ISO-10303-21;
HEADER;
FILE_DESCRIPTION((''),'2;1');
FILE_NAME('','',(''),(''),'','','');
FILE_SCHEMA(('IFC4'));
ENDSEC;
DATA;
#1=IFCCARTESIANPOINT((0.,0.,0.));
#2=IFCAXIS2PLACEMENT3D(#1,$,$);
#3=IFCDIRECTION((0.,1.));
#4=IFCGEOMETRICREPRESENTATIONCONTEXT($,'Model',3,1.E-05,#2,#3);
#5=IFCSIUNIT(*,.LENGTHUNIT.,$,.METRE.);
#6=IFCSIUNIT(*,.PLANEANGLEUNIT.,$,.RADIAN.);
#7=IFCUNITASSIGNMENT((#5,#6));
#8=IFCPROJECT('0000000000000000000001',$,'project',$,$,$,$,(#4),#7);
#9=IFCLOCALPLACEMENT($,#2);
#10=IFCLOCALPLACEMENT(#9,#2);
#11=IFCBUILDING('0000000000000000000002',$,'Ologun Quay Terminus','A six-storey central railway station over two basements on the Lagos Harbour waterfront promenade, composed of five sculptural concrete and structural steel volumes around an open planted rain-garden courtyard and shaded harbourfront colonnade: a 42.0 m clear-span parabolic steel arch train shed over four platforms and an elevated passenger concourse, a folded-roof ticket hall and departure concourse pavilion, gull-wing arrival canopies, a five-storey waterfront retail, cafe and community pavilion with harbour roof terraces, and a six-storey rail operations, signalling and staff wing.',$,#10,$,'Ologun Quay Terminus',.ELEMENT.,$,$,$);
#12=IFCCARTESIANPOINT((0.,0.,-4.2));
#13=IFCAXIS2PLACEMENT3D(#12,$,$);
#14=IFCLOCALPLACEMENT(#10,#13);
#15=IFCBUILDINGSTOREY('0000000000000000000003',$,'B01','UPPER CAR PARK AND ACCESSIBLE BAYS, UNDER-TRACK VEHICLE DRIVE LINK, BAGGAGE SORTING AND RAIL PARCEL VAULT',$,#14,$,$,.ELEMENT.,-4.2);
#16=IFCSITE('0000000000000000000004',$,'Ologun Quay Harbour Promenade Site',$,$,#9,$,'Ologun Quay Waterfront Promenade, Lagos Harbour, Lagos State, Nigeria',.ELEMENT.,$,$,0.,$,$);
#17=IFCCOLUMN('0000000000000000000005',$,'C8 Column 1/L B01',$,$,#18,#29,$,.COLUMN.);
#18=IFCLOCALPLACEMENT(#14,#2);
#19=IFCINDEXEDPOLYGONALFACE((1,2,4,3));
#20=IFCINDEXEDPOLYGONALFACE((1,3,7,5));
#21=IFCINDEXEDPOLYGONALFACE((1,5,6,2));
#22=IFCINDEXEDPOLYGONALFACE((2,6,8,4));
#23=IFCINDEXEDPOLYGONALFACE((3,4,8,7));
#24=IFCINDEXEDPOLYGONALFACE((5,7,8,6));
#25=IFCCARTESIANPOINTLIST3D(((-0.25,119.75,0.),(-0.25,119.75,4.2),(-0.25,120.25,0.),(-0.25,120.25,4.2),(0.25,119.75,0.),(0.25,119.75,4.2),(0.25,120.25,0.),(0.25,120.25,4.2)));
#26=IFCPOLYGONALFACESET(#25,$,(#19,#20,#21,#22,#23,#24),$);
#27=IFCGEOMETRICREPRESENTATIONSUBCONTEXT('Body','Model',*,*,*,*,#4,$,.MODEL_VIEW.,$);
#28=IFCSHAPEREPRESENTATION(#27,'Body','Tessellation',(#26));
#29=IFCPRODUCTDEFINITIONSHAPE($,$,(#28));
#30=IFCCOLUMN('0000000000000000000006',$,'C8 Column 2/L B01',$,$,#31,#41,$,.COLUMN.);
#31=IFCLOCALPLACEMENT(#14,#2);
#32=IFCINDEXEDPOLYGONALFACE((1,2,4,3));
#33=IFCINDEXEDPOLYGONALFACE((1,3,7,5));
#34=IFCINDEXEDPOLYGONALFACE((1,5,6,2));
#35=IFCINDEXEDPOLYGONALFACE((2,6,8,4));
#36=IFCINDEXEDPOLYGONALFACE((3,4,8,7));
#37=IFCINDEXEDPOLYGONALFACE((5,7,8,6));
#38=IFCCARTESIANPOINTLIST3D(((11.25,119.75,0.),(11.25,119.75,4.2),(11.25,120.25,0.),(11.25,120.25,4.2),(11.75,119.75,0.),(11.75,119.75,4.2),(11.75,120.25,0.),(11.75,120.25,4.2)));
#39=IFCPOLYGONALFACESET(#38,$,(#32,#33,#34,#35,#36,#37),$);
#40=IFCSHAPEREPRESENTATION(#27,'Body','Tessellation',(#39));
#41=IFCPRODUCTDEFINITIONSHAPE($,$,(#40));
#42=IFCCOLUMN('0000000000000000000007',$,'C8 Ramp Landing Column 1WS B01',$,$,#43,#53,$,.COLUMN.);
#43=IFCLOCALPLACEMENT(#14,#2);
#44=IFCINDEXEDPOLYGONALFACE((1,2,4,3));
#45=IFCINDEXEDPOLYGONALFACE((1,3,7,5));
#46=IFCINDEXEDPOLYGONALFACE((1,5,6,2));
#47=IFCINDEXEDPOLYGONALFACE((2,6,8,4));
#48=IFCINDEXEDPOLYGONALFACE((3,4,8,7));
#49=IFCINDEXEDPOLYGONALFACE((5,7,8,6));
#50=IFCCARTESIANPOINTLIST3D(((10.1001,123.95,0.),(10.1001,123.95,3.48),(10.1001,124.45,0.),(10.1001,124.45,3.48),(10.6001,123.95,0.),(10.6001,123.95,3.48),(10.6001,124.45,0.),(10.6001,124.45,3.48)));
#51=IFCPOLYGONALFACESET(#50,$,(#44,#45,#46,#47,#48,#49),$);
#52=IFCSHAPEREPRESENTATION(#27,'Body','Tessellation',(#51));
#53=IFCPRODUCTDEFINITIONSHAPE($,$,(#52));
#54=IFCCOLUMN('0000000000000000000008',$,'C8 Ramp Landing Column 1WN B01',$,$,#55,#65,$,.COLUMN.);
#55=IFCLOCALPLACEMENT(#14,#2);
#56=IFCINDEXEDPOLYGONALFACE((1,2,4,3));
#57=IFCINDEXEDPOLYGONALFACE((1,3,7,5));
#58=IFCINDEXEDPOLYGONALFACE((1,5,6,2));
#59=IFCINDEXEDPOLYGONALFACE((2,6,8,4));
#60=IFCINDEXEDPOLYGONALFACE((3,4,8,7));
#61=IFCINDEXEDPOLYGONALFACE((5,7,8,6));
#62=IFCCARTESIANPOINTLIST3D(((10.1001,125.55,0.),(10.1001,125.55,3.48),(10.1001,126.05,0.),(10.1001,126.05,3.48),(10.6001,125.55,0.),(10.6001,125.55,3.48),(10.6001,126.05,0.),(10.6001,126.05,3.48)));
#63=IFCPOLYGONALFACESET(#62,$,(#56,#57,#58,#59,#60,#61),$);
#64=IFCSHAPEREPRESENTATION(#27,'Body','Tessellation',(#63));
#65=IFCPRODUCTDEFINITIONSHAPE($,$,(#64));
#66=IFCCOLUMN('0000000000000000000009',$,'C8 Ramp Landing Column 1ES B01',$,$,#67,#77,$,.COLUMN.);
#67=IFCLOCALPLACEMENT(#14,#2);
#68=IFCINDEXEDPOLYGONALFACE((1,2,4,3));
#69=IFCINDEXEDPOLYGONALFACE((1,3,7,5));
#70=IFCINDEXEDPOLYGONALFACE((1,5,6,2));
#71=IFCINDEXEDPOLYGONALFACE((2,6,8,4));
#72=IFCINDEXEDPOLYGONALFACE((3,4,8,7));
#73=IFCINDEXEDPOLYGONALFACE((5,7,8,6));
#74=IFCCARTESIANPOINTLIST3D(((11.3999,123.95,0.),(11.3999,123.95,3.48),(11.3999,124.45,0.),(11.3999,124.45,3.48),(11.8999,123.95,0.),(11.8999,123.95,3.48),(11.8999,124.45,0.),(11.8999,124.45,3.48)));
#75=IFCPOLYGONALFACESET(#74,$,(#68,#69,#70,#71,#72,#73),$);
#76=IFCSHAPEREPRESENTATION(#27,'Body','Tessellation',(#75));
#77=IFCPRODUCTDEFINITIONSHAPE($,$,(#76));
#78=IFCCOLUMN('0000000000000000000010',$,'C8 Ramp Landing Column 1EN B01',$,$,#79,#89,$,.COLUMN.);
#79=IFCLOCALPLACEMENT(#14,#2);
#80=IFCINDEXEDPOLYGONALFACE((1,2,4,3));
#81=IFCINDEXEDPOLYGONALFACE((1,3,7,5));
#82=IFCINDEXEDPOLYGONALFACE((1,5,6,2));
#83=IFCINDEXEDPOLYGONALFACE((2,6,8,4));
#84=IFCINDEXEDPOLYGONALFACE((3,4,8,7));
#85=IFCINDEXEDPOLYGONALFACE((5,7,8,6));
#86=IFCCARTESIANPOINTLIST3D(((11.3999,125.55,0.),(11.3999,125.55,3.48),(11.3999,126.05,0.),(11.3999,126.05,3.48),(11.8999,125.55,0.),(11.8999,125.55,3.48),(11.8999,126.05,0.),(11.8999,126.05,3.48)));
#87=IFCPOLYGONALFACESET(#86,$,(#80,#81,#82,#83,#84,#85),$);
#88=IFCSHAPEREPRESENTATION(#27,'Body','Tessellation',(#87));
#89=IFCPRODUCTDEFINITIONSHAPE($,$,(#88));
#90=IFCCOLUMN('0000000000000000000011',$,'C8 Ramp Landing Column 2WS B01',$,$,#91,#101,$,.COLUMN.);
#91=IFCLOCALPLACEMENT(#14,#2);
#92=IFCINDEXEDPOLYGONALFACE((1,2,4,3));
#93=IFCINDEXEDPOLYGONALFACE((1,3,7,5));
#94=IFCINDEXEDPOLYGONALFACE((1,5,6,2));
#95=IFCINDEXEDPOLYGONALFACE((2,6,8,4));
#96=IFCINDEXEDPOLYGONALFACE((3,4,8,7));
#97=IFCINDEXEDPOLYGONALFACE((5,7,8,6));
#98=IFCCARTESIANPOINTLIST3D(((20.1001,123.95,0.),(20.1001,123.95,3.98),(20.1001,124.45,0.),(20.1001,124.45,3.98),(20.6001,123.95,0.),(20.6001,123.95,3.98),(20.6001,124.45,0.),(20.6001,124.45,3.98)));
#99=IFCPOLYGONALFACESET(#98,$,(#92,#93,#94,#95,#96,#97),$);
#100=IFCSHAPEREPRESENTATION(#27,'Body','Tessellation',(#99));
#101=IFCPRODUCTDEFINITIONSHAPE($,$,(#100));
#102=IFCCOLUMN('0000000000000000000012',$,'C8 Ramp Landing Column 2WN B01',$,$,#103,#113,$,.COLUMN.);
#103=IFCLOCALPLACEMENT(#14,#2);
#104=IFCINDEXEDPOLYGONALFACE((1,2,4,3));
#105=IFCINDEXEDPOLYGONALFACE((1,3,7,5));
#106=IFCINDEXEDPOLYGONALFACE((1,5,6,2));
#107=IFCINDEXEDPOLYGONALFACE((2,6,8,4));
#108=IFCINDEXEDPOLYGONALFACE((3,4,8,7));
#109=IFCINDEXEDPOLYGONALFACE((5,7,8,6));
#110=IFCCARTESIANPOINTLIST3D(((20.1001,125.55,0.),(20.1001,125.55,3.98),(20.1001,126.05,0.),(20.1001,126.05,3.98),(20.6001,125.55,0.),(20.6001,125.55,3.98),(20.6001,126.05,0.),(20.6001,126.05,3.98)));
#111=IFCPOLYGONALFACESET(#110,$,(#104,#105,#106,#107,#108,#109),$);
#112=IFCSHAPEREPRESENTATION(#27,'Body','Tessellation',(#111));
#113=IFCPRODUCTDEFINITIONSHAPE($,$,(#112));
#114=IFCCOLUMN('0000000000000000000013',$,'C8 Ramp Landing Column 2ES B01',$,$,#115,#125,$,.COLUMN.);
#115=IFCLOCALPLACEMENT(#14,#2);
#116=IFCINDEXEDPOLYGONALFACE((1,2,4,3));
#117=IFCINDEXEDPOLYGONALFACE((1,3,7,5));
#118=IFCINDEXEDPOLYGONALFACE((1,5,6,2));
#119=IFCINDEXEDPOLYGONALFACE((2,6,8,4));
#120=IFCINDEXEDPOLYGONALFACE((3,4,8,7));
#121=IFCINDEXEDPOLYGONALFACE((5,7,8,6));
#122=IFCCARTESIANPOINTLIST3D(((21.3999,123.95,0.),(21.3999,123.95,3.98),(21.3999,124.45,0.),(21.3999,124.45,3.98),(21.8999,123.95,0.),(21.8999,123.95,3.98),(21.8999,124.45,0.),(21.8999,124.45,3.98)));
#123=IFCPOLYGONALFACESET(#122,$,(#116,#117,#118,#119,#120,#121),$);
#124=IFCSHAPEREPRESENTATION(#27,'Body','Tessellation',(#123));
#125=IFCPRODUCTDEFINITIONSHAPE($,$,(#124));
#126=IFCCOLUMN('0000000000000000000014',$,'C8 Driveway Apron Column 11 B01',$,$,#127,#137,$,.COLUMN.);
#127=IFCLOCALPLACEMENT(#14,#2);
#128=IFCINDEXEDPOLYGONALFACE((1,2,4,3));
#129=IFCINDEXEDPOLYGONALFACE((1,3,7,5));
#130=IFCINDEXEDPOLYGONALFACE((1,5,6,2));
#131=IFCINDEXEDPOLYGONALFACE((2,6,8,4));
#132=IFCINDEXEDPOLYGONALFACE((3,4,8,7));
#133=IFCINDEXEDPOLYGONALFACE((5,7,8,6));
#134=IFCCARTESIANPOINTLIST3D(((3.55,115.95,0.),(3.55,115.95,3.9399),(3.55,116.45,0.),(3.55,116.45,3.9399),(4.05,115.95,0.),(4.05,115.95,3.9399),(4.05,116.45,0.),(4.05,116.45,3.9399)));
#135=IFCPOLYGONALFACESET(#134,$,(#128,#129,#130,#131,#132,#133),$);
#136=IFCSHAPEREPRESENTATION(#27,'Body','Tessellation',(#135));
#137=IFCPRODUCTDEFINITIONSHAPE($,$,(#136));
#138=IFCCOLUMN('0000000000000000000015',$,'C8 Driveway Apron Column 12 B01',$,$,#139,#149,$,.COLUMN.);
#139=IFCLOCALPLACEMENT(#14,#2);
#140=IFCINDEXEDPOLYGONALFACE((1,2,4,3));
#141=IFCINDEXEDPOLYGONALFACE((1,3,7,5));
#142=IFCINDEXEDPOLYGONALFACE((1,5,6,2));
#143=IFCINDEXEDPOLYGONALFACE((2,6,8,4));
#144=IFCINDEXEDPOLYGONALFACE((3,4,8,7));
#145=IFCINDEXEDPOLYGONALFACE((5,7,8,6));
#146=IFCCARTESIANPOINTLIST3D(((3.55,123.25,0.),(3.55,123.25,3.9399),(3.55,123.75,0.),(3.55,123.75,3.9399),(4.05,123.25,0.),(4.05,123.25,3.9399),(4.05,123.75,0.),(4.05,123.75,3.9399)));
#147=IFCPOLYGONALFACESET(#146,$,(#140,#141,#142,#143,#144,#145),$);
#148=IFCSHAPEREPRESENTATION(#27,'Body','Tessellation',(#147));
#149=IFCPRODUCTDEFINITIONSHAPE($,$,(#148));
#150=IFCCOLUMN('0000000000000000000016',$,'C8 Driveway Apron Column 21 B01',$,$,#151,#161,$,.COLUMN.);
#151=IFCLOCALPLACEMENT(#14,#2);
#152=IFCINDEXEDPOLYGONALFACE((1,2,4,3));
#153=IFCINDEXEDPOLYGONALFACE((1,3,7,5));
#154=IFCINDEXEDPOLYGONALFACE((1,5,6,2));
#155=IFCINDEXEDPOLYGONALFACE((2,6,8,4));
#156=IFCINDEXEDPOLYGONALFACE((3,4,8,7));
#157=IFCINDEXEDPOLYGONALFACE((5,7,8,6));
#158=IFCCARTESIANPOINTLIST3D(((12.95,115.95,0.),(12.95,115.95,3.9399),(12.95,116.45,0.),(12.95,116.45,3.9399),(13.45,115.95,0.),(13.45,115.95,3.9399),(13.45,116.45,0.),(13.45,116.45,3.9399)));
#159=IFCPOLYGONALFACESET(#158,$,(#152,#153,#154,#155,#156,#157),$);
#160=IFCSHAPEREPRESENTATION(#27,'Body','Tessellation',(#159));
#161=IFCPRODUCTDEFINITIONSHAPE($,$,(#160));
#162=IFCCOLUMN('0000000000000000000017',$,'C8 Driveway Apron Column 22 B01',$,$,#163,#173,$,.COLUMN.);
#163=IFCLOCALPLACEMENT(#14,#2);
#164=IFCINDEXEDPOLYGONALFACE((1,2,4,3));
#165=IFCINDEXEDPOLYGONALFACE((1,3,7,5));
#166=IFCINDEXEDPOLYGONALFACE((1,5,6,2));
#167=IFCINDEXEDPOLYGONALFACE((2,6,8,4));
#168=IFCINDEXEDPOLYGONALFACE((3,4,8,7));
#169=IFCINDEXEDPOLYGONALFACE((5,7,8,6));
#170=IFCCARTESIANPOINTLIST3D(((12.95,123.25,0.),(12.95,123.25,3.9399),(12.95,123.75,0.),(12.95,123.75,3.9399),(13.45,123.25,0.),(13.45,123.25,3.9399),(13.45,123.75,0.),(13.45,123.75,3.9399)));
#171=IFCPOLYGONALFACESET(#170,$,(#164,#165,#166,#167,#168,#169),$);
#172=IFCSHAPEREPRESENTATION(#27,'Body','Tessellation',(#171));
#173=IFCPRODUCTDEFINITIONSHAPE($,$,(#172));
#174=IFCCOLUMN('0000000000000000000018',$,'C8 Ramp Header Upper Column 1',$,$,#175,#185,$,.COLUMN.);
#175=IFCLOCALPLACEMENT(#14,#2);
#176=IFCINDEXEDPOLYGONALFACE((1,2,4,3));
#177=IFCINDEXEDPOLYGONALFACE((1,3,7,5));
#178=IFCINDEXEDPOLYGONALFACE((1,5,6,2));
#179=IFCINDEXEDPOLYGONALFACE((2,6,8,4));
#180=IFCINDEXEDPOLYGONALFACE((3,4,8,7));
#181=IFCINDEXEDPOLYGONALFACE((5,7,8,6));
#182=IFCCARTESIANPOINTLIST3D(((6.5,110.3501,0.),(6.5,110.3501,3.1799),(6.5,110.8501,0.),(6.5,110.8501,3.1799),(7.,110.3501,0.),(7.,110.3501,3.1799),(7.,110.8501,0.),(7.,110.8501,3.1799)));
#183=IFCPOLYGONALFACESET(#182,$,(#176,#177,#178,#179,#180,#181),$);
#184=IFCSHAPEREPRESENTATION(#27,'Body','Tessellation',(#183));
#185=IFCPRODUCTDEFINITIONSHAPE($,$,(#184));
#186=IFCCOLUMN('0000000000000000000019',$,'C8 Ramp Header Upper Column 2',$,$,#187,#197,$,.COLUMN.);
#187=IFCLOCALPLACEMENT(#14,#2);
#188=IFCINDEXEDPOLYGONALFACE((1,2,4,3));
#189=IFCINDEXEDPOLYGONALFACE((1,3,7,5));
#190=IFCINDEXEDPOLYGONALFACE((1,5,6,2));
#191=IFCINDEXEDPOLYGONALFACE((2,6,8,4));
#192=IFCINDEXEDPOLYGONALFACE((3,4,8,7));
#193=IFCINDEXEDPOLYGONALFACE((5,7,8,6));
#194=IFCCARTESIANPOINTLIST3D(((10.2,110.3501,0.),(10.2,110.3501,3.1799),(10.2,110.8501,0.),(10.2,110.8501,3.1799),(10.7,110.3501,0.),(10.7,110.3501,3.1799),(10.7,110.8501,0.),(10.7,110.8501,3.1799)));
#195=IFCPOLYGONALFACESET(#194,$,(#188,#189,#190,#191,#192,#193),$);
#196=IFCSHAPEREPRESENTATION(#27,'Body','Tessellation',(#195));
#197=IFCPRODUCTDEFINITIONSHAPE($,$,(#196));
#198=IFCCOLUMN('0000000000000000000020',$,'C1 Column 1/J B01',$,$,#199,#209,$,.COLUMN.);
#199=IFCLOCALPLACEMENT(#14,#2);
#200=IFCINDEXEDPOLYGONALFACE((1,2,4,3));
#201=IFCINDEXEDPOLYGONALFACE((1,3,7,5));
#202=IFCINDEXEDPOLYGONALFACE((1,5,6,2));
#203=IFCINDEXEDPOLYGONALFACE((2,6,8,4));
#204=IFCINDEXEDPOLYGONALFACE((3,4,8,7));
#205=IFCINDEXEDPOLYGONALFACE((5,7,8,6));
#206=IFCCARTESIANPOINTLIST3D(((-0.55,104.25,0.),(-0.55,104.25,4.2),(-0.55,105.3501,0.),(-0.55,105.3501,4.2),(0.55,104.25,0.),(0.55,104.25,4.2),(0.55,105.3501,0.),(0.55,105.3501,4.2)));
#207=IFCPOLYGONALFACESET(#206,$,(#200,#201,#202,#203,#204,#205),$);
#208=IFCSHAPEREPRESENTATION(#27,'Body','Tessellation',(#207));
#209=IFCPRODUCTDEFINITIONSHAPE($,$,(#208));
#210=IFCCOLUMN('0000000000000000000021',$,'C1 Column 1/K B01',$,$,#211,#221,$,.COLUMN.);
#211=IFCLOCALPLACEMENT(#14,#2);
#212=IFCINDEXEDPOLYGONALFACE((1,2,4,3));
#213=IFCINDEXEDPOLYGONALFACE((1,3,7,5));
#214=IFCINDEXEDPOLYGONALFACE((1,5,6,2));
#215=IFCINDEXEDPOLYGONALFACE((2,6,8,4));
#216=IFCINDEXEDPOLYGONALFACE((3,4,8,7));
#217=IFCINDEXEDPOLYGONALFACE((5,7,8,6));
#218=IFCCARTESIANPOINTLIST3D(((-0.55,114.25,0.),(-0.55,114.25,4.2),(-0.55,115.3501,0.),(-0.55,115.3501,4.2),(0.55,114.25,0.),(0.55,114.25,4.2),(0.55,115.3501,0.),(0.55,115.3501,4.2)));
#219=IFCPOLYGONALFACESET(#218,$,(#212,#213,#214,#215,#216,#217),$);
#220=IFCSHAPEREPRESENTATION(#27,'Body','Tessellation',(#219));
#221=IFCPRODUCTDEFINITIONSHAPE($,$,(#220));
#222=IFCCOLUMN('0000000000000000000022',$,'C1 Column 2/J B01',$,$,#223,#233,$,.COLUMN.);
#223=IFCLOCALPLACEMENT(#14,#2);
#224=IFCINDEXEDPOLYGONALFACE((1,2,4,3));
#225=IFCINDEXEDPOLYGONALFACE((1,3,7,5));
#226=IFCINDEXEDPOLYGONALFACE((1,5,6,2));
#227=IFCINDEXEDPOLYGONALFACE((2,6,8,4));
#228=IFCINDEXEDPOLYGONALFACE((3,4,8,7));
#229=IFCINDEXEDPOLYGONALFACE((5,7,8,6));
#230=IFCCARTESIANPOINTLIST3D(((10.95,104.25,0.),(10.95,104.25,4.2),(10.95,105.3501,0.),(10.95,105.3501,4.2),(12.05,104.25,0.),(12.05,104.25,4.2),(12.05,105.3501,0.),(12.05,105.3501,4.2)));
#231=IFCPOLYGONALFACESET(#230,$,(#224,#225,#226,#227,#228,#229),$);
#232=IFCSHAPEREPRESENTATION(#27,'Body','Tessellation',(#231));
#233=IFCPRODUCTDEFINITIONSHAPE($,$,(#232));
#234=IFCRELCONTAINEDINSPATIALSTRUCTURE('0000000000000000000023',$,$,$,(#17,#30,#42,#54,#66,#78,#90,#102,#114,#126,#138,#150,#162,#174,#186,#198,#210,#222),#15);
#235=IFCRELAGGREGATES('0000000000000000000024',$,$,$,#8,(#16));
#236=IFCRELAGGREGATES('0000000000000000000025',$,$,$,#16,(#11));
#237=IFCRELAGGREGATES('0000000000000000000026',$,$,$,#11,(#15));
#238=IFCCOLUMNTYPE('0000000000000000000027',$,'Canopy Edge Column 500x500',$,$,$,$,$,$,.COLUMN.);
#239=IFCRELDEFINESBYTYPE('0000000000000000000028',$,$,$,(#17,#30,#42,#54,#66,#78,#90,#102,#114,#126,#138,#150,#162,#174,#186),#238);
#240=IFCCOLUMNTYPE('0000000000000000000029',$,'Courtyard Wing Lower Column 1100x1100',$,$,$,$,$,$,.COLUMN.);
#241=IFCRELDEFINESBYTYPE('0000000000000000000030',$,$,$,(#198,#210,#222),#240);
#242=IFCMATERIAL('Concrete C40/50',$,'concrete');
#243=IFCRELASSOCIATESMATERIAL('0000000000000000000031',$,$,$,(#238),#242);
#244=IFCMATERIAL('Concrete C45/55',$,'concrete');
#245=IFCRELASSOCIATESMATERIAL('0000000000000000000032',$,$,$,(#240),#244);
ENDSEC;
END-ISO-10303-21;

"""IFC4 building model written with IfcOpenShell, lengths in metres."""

from ifc_helpers import new_model, si_unit, direction, frame, origin, origin_2d, place, context, subcontext, project, spatial, rectangle, extrude, material, material_profile, profile_set, type_object, element, save


model = new_model("IFC4")

# Units and contexts
model_context = context("Model", 3, precision=1e-05, world=origin(), true_north=direction((0.0, 1.0)))
body_context = subcontext(model_context, "Body", "Model", "MODEL_VIEW")
ifc_project = project(units=[si_unit("LENGTHUNIT", "METRE"), si_unit("PLANEANGLEUNIT", "RADIAN")], contexts=[model_context])

# Site, building, storey
site_placement = place(None, origin())
site = spatial("IfcSite", under=ifc_project, at=site_placement, Name="Ologun Quay Harbour Promenade Site", LongName="Ologun Quay Waterfront Promenade, Lagos Harbour, Lagos State, Nigeria", CompositionType="ELEMENT", RefElevation=0.0)
building_placement = place(site_placement, origin())
building = spatial("IfcBuilding", under=site, at=building_placement, Name="Ologun Quay Terminus", Description="A six-storey central railway station over two basements on the Lagos Harbour waterfront promenade, composed of five sculptural concrete and structural steel volumes around an open planted rain-garden courtyard and shaded harbourfront colonnade: a 42.0 m clear-span parabolic steel arch train shed over four platforms and an elevated passenger concourse, a folded-roof ticket hall and departure concourse pavilion, gull-wing arrival canopies, a five-storey waterfront retail, cafe and community pavilion with harbour roof terraces, and a six-storey rail operations, signalling and staff wing.", LongName="Ologun Quay Terminus", CompositionType="ELEMENT")
storey_placement = place(building_placement, frame((0.0, 0.0, -4.2)))
storey = spatial("IfcBuildingStorey", under=building, at=storey_placement, Name="B01", Description="UPPER CAR PARK AND ACCESSIBLE BAYS, UNDER-TRACK VEHICLE DRIVE LINK, BAGGAGE SORTING AND RAIL PARCEL VAULT", CompositionType="ELEMENT", Elevation=-4.2)

# Columns
ifc_material_1 = material(Name="Concrete C40/50", Category="concrete")
ifc_material_profile_1 = material_profile(ifc_material_1, rectangle(XDim=0.5, YDim=0.5, at=origin_2d()), Name="RC 500x500")
ifc_profile_set_1 = profile_set([ifc_material_profile_1], Name="Concrete C40/50")
column_type_1 = type_object("IfcColumnType", Name="Canopy Edge Column 500x500", PredefinedType="COLUMN", material=ifc_profile_set_1)
for number, where, z_axis, x_axis, name in (
    (1, (0.0, 120.0, 0.0), (0.0, 0.0, 1.0), (1.0, 0.0, 0.0), "C8 Column 1/L B01"),
    (2, (11.5, 120.0, 0.0), (0.0, 0.0, 1.0), (1.0, 0.0, 0.0), "C8 Column 2/L B01"),
):
    element("IfcColumn", number, at=place(storey_placement, frame(where, z_axis=z_axis, x_axis=x_axis)), inside=storey, type_object=column_type_1, Name=name, PredefinedType="COLUMN", context=body_context, shape_type="SweptSolid", body=[
        extrude(rectangle(XDim=0.5, YDim=0.5, at=origin_2d()), origin(), (0.0, 0.0, 1.0), 4.2),
    ])
for number, where, z_axis, x_axis, name in (
    (3, (10.3501, 124.2, 0.0), (0.0, 0.0, 1.0), (1.0, 0.0, 0.0), "C8 Ramp Landing Column 1WS B01"),
    (4, (10.3501, 125.8, 0.0), (0.0, 0.0, 1.0), (1.0, 0.0, 0.0), "C8 Ramp Landing Column 1WN B01"),
    (5, (11.6499, 124.2, 0.0), (0.0, 0.0, 1.0), (1.0, 0.0, 0.0), "C8 Ramp Landing Column 1ES B01"),
    (6, (11.6499, 125.8, 0.0), (0.0, 0.0, 1.0), (1.0, 0.0, 0.0), "C8 Ramp Landing Column 1EN B01"),
):
    element("IfcColumn", number, at=place(storey_placement, frame(where, z_axis=z_axis, x_axis=x_axis)), inside=storey, type_object=column_type_1, Name=name, PredefinedType="COLUMN", context=body_context, shape_type="SweptSolid", body=[
        extrude(rectangle(XDim=0.5, YDim=0.5, at=origin_2d()), origin(), (0.0, 0.0, 1.0), 3.48),
    ])
for number, where, z_axis, x_axis, name in (
    (7, (20.3501, 124.2, 0.0), (0.0, 0.0, 1.0), (1.0, 0.0, 0.0), "C8 Ramp Landing Column 2WS B01"),
    (8, (20.3501, 125.8, 0.0), (0.0, 0.0, 1.0), (1.0, 0.0, 0.0), "C8 Ramp Landing Column 2WN B01"),
    (9, (21.6499, 124.2, 0.0), (0.0, 0.0, 1.0), (1.0, 0.0, 0.0), "C8 Ramp Landing Column 2ES B01"),
):
    element("IfcColumn", number, at=place(storey_placement, frame(where, z_axis=z_axis, x_axis=x_axis)), inside=storey, type_object=column_type_1, Name=name, PredefinedType="COLUMN", context=body_context, shape_type="SweptSolid", body=[
        extrude(rectangle(XDim=0.5, YDim=0.5, at=origin_2d()), origin(), (0.0, 0.0, 1.0), 3.98),
    ])
for number, where, z_axis, x_axis, name in (
    (10, (3.8, 116.2, 0.0), (0.0, 0.0, 1.0), (1.0, 0.0, 0.0), "C8 Driveway Apron Column 11 B01"),
    (11, (3.8, 123.5, 0.0), (0.0, 0.0, 1.0), (1.0, 0.0, 0.0), "C8 Driveway Apron Column 12 B01"),
    (12, (13.2, 116.2, 0.0), (0.0, 0.0, 1.0), (1.0, 0.0, 0.0), "C8 Driveway Apron Column 21 B01"),
    (13, (13.2, 123.5, 0.0), (0.0, 0.0, 1.0), (1.0, 0.0, 0.0), "C8 Driveway Apron Column 22 B01"),
):
    element("IfcColumn", number, at=place(storey_placement, frame(where, z_axis=z_axis, x_axis=x_axis)), inside=storey, type_object=column_type_1, Name=name, PredefinedType="COLUMN", context=body_context, shape_type="SweptSolid", body=[
        extrude(rectangle(XDim=0.5, YDim=0.5, at=origin_2d()), origin(), (0.0, 0.0, 1.0), 3.9399),
    ])
for number, where, z_axis, x_axis, name in (
    (14, (6.75, 110.6001, 0.0), (0.0, 0.0, 1.0), (1.0, 0.0, 0.0), "C8 Ramp Header Upper Column 1"),
    (15, (10.45, 110.6001, 0.0), (0.0, 0.0, 1.0), (1.0, 0.0, 0.0), "C8 Ramp Header Upper Column 2"),
):
    element("IfcColumn", number, at=place(storey_placement, frame(where, z_axis=z_axis, x_axis=x_axis)), inside=storey, type_object=column_type_1, Name=name, PredefinedType="COLUMN", context=body_context, shape_type="SweptSolid", body=[
        extrude(rectangle(XDim=0.5, YDim=0.5, at=origin_2d()), origin(), (0.0, 0.0, 1.0), 3.1799),
    ])
ifc_material_2 = material(Name="Concrete C45/55", Category="concrete")
ifc_material_profile_2 = material_profile(ifc_material_2, rectangle(XDim=1.1001, YDim=1.1001, at=origin_2d()), Name="RC 1100x1100")
ifc_profile_set_2 = profile_set([ifc_material_profile_2], Name="Concrete C45/55")
column_type_2 = type_object("IfcColumnType", Name="Courtyard Wing Lower Column 1100x1100", PredefinedType="COLUMN", material=ifc_profile_set_2)
for number, where, z_axis, x_axis, name in (
    (16, (0.0, 104.8, 0.0), (0.0, 0.0, 1.0), (1.0, 0.0, 0.0), "C1 Column 1/J B01"),
    (17, (0.0, 114.8, 0.0), (0.0, 0.0, 1.0), (1.0, 0.0, 0.0), "C1 Column 1/K B01"),
    (18, (11.5, 104.8, 0.0), (0.0, 0.0, 1.0), (1.0, 0.0, 0.0), "C1 Column 2/J B01"),
):
    element("IfcColumn", number, at=place(storey_placement, frame(where, z_axis=z_axis, x_axis=x_axis)), inside=storey, type_object=column_type_2, Name=name, PredefinedType="COLUMN", context=body_context, shape_type="SweptSolid", body=[
        extrude(rectangle(XDim=1.1001, YDim=1.1001, at=origin_2d()), origin(), (0.0, 0.0, 1.0), 4.2),
    ])

save(model, "model.ifc")
